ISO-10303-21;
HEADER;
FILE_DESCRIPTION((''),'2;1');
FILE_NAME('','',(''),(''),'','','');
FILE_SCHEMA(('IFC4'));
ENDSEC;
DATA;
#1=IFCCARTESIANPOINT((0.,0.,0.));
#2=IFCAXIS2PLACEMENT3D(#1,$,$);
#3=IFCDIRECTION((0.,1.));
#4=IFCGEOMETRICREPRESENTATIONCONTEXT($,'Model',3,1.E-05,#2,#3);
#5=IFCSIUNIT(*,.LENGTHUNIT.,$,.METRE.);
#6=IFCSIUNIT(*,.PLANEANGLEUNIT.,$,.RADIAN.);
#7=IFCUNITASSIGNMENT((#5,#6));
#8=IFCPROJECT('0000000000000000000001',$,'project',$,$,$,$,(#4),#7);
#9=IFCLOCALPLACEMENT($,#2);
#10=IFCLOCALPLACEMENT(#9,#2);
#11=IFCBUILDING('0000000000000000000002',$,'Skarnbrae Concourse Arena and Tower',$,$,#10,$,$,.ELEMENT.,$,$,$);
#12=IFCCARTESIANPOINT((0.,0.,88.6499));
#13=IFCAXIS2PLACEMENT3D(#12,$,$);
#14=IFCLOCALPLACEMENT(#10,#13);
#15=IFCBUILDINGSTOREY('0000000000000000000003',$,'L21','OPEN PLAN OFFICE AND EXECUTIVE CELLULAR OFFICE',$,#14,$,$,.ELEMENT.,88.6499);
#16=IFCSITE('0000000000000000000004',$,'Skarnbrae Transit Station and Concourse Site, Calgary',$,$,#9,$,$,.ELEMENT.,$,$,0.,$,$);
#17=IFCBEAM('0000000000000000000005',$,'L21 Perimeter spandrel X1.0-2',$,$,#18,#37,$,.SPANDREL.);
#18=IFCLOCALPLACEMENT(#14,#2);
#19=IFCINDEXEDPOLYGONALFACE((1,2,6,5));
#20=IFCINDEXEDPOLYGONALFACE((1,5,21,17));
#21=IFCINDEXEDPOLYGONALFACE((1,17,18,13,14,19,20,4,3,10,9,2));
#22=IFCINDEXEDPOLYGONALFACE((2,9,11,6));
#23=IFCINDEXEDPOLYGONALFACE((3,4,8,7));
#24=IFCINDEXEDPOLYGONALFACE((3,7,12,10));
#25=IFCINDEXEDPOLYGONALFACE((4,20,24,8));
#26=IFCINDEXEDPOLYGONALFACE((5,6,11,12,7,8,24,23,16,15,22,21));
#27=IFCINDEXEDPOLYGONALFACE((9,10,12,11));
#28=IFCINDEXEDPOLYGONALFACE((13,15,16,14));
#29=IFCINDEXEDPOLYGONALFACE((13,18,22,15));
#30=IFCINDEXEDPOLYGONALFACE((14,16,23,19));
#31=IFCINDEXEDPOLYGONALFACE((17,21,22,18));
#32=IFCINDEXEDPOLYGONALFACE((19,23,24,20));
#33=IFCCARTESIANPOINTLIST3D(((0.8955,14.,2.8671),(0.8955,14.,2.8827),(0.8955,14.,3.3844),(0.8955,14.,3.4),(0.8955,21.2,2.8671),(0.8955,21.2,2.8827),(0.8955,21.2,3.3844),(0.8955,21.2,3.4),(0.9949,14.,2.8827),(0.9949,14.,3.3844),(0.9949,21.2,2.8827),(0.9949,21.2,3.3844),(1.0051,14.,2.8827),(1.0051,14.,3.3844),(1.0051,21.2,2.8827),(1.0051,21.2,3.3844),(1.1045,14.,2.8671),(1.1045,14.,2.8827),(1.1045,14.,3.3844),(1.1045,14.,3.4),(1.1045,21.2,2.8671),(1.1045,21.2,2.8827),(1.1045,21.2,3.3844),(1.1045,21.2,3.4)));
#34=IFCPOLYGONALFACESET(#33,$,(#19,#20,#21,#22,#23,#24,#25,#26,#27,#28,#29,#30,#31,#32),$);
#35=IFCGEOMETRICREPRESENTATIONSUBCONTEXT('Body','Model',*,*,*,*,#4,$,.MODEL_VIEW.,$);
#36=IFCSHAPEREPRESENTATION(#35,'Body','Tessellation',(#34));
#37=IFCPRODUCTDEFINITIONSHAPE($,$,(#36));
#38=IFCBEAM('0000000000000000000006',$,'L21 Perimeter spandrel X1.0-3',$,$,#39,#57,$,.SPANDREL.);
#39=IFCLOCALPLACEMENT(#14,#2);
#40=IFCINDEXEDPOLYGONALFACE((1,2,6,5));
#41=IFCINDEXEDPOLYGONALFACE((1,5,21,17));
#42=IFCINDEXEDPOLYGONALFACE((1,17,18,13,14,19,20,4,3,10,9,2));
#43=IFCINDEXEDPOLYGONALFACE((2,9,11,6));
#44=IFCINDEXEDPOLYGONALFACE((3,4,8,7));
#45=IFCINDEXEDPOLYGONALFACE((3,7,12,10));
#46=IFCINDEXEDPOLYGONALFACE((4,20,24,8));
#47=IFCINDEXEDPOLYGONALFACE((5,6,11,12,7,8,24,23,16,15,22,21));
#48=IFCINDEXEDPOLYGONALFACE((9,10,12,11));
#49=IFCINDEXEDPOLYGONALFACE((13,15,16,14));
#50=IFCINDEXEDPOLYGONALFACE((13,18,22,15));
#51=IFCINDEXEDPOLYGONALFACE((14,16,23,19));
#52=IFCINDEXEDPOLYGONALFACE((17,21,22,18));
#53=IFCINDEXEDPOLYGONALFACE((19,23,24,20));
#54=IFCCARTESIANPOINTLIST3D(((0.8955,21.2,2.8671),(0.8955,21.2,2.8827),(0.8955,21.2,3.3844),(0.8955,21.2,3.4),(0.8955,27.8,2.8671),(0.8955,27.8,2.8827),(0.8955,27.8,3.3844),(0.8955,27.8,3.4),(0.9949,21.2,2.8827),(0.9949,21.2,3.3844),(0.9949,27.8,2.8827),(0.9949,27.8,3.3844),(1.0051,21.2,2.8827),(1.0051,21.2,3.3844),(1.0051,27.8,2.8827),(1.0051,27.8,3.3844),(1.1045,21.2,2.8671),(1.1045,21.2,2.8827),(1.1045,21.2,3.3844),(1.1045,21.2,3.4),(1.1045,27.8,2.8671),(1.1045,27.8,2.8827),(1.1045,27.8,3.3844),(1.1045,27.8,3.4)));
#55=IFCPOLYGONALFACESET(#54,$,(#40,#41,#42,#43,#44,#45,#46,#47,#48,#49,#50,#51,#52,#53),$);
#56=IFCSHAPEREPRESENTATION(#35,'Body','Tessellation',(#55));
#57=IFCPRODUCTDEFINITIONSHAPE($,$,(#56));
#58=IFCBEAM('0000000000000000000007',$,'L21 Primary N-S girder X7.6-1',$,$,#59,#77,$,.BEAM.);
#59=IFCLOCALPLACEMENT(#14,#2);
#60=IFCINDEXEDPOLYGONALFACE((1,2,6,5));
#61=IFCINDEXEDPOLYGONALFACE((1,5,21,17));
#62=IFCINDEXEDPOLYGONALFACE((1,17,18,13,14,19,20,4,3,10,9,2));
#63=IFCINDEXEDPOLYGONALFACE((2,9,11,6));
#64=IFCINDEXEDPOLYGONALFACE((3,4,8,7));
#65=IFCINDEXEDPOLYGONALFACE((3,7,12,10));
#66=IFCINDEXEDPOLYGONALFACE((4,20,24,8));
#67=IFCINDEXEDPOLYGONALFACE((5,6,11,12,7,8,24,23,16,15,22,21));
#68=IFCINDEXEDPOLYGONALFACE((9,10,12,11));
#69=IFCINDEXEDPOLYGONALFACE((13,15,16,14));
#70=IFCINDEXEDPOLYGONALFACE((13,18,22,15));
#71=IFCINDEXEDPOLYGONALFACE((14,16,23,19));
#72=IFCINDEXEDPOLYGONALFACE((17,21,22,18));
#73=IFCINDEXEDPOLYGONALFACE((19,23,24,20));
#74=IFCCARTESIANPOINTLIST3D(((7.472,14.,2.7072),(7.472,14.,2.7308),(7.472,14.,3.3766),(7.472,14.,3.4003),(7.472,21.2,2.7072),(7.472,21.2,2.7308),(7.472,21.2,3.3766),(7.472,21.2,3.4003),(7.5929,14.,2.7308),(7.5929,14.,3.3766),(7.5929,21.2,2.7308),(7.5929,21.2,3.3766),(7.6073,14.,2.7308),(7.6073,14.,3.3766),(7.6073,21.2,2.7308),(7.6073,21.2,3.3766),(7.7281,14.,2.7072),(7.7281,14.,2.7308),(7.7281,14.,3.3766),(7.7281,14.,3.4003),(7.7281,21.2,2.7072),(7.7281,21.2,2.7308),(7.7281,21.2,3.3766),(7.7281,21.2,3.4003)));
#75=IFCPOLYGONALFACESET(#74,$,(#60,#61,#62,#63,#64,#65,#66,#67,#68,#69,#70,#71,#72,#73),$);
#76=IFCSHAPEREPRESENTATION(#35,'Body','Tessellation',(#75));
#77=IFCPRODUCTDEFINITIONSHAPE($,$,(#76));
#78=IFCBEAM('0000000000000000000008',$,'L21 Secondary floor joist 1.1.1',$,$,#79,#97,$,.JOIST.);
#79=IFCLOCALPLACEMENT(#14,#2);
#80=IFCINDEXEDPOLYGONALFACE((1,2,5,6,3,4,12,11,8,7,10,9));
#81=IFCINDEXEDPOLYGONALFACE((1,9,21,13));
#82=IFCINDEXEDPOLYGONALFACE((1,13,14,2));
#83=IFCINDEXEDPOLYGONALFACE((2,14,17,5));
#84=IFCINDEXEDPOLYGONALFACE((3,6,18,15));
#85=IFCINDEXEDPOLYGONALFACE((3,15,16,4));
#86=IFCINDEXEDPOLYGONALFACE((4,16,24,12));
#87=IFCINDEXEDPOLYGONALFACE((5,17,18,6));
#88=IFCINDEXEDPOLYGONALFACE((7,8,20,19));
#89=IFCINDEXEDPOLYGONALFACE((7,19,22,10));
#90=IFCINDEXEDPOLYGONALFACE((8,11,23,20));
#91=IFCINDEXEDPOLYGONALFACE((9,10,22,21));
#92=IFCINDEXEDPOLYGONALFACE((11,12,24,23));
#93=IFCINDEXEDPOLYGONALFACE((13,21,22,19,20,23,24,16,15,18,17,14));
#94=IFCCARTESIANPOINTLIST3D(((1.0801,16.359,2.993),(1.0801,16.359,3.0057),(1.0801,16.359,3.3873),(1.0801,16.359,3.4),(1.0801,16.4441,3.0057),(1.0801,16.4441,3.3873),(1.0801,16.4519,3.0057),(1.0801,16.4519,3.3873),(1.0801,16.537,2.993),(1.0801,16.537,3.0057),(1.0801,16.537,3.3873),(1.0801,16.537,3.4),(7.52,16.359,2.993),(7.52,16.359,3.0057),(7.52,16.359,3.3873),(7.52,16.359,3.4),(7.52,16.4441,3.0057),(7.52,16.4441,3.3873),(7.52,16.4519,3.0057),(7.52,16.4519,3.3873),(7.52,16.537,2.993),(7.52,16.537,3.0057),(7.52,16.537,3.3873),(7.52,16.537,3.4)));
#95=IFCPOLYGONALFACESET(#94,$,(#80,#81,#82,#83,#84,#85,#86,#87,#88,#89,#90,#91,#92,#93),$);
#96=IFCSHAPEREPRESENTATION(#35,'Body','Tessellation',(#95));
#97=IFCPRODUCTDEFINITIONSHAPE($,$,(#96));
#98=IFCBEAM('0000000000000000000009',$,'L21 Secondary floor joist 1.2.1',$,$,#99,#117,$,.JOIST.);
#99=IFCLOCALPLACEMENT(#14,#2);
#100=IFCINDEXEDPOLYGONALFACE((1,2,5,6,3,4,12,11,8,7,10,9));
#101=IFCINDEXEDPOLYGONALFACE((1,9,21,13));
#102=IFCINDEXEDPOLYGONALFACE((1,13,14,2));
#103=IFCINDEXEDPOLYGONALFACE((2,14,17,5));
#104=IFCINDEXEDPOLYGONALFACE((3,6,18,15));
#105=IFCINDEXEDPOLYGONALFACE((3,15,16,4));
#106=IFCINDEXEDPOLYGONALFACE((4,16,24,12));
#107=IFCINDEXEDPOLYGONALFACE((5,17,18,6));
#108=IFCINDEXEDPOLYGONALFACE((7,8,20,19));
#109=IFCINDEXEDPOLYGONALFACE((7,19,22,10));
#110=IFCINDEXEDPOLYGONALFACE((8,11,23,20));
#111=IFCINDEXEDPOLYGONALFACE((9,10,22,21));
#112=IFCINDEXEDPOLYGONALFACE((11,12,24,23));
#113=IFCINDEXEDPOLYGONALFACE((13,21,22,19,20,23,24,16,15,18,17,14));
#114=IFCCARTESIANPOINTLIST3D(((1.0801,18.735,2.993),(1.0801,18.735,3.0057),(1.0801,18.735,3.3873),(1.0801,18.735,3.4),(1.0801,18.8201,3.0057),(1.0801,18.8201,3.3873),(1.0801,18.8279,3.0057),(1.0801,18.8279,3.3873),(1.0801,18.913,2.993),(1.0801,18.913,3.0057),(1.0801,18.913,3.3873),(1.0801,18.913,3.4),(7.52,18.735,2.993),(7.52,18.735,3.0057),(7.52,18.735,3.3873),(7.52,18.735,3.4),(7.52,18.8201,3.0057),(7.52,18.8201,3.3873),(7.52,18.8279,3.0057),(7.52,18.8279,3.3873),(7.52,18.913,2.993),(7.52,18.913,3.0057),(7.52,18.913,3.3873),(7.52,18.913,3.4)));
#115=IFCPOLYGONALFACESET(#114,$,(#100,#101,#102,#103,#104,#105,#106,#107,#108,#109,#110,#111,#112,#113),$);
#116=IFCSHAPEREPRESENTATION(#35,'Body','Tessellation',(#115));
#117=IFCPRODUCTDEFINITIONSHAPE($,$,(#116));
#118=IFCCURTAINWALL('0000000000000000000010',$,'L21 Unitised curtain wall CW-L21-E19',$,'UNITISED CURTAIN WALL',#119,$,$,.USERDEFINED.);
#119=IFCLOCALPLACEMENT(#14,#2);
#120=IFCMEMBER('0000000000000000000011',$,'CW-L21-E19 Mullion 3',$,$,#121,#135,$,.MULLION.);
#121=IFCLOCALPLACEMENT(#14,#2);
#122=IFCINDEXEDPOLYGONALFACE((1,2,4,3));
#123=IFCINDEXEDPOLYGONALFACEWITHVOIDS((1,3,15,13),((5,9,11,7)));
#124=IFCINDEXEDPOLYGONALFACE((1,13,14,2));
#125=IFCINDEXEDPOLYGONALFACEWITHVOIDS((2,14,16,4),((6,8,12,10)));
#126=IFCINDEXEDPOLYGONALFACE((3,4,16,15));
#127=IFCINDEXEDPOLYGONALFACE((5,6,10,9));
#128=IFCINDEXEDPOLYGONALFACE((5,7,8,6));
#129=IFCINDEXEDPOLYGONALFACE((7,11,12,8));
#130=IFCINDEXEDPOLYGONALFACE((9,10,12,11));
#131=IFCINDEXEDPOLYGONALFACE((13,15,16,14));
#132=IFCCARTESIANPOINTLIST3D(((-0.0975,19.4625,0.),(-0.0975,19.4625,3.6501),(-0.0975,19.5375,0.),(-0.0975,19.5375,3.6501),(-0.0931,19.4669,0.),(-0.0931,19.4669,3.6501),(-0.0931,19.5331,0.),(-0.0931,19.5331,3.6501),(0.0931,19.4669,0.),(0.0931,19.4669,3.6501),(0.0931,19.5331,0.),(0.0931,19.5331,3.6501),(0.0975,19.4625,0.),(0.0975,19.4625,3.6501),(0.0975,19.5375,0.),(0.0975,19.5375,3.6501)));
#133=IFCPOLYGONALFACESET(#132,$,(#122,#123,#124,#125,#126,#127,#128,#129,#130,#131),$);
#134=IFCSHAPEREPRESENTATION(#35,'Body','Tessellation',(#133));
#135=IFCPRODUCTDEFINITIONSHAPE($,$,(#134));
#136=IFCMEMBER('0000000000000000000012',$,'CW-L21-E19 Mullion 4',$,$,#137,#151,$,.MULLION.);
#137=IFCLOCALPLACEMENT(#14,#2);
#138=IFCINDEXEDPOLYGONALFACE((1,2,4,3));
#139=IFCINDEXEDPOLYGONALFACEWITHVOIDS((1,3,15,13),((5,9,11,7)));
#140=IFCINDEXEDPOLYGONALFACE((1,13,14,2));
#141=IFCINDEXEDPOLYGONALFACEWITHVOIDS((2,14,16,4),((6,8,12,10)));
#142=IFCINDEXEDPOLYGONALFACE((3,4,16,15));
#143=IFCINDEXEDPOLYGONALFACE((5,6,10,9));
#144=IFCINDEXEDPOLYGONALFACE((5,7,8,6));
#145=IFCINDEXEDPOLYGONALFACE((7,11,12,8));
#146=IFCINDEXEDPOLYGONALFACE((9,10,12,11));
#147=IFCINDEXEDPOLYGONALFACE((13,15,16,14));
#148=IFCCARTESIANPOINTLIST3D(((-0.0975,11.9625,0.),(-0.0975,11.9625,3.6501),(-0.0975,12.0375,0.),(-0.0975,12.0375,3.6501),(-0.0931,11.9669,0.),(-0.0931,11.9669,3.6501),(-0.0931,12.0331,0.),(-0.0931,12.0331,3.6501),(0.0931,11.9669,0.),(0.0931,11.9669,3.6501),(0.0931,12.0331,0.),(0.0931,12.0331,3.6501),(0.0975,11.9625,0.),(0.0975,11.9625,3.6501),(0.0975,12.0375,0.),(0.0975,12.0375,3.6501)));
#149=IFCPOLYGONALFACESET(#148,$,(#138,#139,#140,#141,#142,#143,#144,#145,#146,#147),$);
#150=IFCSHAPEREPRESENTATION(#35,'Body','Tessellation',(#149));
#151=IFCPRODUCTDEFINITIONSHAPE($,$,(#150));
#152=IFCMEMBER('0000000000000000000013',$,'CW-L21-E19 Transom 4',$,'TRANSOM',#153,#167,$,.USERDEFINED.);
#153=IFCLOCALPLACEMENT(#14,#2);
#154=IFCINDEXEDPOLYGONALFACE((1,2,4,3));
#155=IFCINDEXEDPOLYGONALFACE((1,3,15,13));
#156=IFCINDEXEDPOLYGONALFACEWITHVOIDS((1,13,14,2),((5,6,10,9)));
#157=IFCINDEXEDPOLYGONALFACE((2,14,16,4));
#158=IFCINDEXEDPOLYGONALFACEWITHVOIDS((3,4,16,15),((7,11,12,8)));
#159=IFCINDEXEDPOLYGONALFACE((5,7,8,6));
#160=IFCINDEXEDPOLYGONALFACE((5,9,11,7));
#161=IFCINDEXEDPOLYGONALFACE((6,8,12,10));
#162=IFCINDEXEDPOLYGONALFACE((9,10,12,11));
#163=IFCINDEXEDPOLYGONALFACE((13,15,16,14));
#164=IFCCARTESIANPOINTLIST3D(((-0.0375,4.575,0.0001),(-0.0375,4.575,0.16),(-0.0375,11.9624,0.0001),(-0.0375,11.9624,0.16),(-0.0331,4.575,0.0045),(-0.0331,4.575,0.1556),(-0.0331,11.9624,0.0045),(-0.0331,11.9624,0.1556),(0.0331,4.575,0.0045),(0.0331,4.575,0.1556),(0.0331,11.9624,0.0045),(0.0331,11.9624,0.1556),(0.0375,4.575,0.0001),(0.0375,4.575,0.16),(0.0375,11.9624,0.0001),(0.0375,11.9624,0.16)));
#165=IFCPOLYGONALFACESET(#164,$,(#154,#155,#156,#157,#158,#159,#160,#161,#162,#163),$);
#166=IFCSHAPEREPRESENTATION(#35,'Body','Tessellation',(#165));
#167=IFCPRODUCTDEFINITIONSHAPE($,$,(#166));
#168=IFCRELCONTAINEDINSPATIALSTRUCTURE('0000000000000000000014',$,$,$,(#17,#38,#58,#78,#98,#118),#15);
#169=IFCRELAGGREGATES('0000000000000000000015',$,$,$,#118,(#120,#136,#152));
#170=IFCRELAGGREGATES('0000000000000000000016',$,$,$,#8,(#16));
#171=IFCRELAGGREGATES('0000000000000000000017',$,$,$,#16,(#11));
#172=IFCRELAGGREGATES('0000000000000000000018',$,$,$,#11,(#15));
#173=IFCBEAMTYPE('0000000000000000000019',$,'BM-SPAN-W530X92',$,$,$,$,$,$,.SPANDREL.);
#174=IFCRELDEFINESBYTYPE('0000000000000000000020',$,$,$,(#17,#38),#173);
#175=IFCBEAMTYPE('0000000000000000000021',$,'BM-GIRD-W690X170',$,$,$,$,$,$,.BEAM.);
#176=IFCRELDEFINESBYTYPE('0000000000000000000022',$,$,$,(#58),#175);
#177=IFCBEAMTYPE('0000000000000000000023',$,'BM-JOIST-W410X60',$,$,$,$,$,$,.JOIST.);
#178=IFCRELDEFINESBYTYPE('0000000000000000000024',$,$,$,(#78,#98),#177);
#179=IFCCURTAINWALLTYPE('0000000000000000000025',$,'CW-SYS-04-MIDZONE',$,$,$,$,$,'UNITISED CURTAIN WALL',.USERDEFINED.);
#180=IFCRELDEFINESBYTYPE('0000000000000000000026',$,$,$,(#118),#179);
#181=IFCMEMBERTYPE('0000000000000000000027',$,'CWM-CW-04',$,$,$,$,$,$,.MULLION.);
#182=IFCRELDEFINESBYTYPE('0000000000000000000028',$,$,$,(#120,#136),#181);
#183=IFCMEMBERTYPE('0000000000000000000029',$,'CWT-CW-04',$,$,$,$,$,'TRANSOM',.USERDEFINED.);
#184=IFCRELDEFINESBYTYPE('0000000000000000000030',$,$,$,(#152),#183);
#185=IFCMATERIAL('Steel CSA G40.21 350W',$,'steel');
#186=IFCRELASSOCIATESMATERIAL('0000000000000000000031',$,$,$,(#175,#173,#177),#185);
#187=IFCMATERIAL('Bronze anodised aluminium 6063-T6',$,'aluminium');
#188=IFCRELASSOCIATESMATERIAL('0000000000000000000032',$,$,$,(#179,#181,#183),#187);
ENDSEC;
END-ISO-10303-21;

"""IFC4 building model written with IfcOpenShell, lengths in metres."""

from ifc_helpers import new_model, si_unit, direction, frame, origin, origin_2d, place, context, subcontext, project, spatial, hollow_rectangle, i_section, extrude, source, transform, mapped, material, material_profile, profile_set, type_object, element, aggregate, save


model = new_model("IFC4")

# Units and contexts
model_context = context("Model", 3, precision=1e-05, world=origin(), true_north=direction((0.0, 1.0)))
body_context = subcontext(model_context, "Body", "Model", "MODEL_VIEW")
ifc_project = project(units=[si_unit("LENGTHUNIT", "METRE"), si_unit("PLANEANGLEUNIT", "RADIAN")], contexts=[model_context])

# Site, building, storey
site_placement = place(None, origin())
site = spatial("IfcSite", under=ifc_project, at=site_placement, Name="Skarnbrae Transit Station and Concourse Site, Calgary", CompositionType="ELEMENT", RefElevation=0.0)
building_placement = place(site_placement, origin())
building = spatial("IfcBuilding", under=site, at=building_placement, Name="Skarnbrae Concourse Arena and Tower", CompositionType="ELEMENT")
storey_placement = place(building_placement, frame((0.0, 0.0, 88.6499)))
storey = spatial("IfcBuildingStorey", under=building, at=storey_placement, Name="L21", Description="OPEN PLAN OFFICE AND EXECUTIVE CELLULAR OFFICE", CompositionType="ELEMENT", Elevation=88.6499)

# Shared definitions
ifc_material_1 = material(Name="Steel CSA G40.21 350W", Category="steel")

# Beams
ifc_material_profile_1 = material_profile(ifc_material_1, i_section(OverallWidth=0.2561, OverallDepth=0.6931, WebThickness=0.0144, FlangeThickness=0.0237, at=origin_2d()), Name="W690X170")
ifc_profile_set_1 = profile_set([ifc_material_profile_1], Name="Steel CSA G40.21 350W")
beam_type_1 = type_object("IfcBeamType", Name="BM-GIRD-W690X170", PredefinedType="BEAM", material=ifc_profile_set_1)
ifc_material_profile_2 = material_profile(ifc_material_1, i_section(OverallWidth=0.209, OverallDepth=0.533, WebThickness=0.0103, FlangeThickness=0.0156, at=origin_2d()), Name="W530X92")
ifc_profile_set_2 = profile_set([ifc_material_profile_2], Name="Steel CSA G40.21 350W")
beam_type_2 = type_object("IfcBeamType", Name="BM-SPAN-W530X92", PredefinedType="SPANDREL", material=ifc_profile_set_2)
shared_shape_1 = source(origin(), body_context, "Body", "SweptSolid", [
    extrude(i_section(OverallWidth=0.209, OverallDepth=0.533, WebThickness=0.0103, FlangeThickness=0.0156, at=origin_2d()), origin(), (0.0, 0.0, 1.0), 7.2),
])
beam_1_placement = place(storey_placement, frame((1.0, 14.0, 3.1335), z_axis=(0.0, 1.0, 0.0), x_axis=(-1.0, 0.0, 0.0)))
element("IfcBeam", 1, at=beam_1_placement, inside=storey, type_object=beam_type_2, Name="L21 Perimeter spandrel X1.0-2", PredefinedType="SPANDREL", context=body_context, shape_type="MappedRepresentation", body=[
    mapped(shared_shape_1, transform((0.0, 0.0, 0.0))),
])
shared_shape_2 = source(origin(), body_context, "Body", "SweptSolid", [
    extrude(i_section(OverallWidth=0.209, OverallDepth=0.533, WebThickness=0.0103, FlangeThickness=0.0156, at=origin_2d()), origin(), (0.0, 0.0, 1.0), 6.6001),
])
beam_2_placement = place(storey_placement, frame((1.0, 21.2, 3.1335), z_axis=(0.0, 1.0, 0.0), x_axis=(-1.0, 0.0, 0.0)))
element("IfcBeam", 2, at=beam_2_placement, inside=storey, type_object=beam_type_2, Name="L21 Perimeter spandrel X1.0-3", PredefinedType="SPANDREL", context=body_context, shape_type="MappedRepresentation", body=[
    mapped(shared_shape_2, transform((0.0, 0.0, 0.0))),
])
shared_shape_3 = source(origin(), body_context, "Body", "SweptSolid", [
    extrude(i_section(OverallWidth=0.2561, OverallDepth=0.6931, WebThickness=0.0144, FlangeThickness=0.0237, at=origin_2d()), origin(), (0.0, 0.0, 1.0), 7.2),
])
beam_3_placement = place(storey_placement, frame((7.6001, 14.0, 3.0537), z_axis=(0.0, 1.0, 0.0), x_axis=(-1.0, 0.0, 0.0)))
element("IfcBeam", 3, at=beam_3_placement, inside=storey, type_object=beam_type_1, Name="L21 Primary N-S girder X7.6-1", PredefinedType="BEAM", context=body_context, shape_type="MappedRepresentation", body=[
    mapped(shared_shape_3, transform((0.0, 0.0, 0.0))),
])
ifc_material_profile_3 = material_profile(ifc_material_1, i_section(OverallWidth=0.178, OverallDepth=0.407, WebThickness=0.0078, FlangeThickness=0.0127, at=origin_2d()), Name="W410X60")
ifc_profile_set_3 = profile_set([ifc_material_profile_3], Name="Steel CSA G40.21 350W")
beam_type_3 = type_object("IfcBeamType", Name="BM-JOIST-W410X60", PredefinedType="JOIST", material=ifc_profile_set_3)
shared_shape_4 = source(origin(), body_context, "Body", "SweptSolid", [
    extrude(i_section(OverallWidth=0.178, OverallDepth=0.407, WebThickness=0.0078, FlangeThickness=0.0127, at=origin_2d()), origin(), (0.0, 0.0, 1.0), 6.4399),
])
for number, where, z_axis, x_axis, name in (
    (4, (1.0801, 16.448, 3.1965), (1.0, 0.0, 0.0), (0.0, 1.0, 0.0), "L21 Secondary floor joist 1.1.1"),
    (5, (1.0801, 18.824, 3.1965), (1.0, 0.0, 0.0), (0.0, 1.0, 0.0), "L21 Secondary floor joist 1.2.1"),
):
    element("IfcBeam", number, at=place(storey_placement, frame(where, z_axis=z_axis, x_axis=x_axis)), inside=storey, type_object=beam_type_3, Name=name, PredefinedType="JOIST", context=body_context, shape_type="MappedRepresentation", body=[
        mapped(shared_shape_4, transform((0.0, 0.0, 0.0))),
    ])

# Curtain wall, members
ifc_material_2 = material(Name="Bronze anodised aluminium 6063-T6", Category="aluminium")
curtain_wall_type = type_object("IfcCurtainWallType", Name="CW-SYS-04-MIDZONE", ElementType="UNITISED CURTAIN WALL", PredefinedType="USERDEFINED", material=ifc_material_2)
curtain_wall_placement = place(storey_placement, origin())
curtain_wall = element("IfcCurtainWall", 6, at=curtain_wall_placement, inside=storey, type_object=curtain_wall_type, Name="L21 Unitised curtain wall CW-L21-E19", ObjectType="UNITISED CURTAIN WALL", PredefinedType="USERDEFINED")
ifc_material_profile_4 = material_profile(ifc_material_2, hollow_rectangle(XDim=0.075, YDim=0.1951, WallThickness=0.0044, at=origin_2d()), Name="ALU-MULL-75X195")
ifc_profile_set_4 = profile_set([ifc_material_profile_4], Name="Bronze anodised aluminium 6063-T6")
member_type_1 = type_object("IfcMemberType", Name="CWM-CW-04", PredefinedType="MULLION", material=ifc_profile_set_4)
shared_shape_5 = source(origin(), body_context, "Body", "SweptSolid", [
    extrude(hollow_rectangle(XDim=0.075, YDim=0.1951, WallThickness=0.0044, at=origin_2d()), origin(), (0.0, 0.0, 1.0), 3.6501),
])
member_1_placement = place(storey_placement, frame((0.0, 19.5, 0.0), z_axis=(0.0, 0.0, 1.0), x_axis=(0.0, -1.0, 0.0)))
member_1 = element("IfcMember", 7, at=member_1_placement, type_object=member_type_1, Name="CW-L21-E19 Mullion 3", PredefinedType="MULLION", context=body_context, shape_type="MappedRepresentation", body=[
    mapped(shared_shape_5, transform((0.0, 0.0, 0.0))),
])
member_2_placement = place(storey_placement, frame((0.0, 12.0, 0.0), z_axis=(0.0, 0.0, 1.0), x_axis=(0.0, -1.0, 0.0)))
member_2 = element("IfcMember", 8, at=member_2_placement, type_object=member_type_1, Name="CW-L21-E19 Mullion 4", PredefinedType="MULLION", context=body_context, shape_type="MappedRepresentation", body=[
    mapped(shared_shape_5, transform((0.0, 0.0, 0.0))),
])
ifc_material_profile_5 = material_profile(ifc_material_2, hollow_rectangle(XDim=0.075, YDim=0.1599, WallThickness=0.0044, at=origin_2d()), Name="ALU-TRAN-75X160")
ifc_profile_set_5 = profile_set([ifc_material_profile_5], Name="Bronze anodised aluminium 6063-T6")
member_type_2 = type_object("IfcMemberType", Name="CWT-CW-04", ElementType="TRANSOM", PredefinedType="USERDEFINED", material=ifc_profile_set_5)
shared_shape_6 = source(origin(), body_context, "Body", "SweptSolid", [
    extrude(hollow_rectangle(XDim=0.075, YDim=0.1599, WallThickness=0.0044, at=origin_2d()), origin(), (0.0, 0.0, 1.0), 7.3875),
])
member_3_placement = place(storey_placement, frame((0.0, 11.9624, 0.0801), z_axis=(0.0, -1.0, 0.0), x_axis=(1.0, 0.0, 0.0)))
member_3 = element("IfcMember", 9, at=member_3_placement, type_object=member_type_2, Name="CW-L21-E19 Transom 4", ObjectType="TRANSOM", PredefinedType="USERDEFINED", context=body_context, shape_type="MappedRepresentation", body=[
    mapped(shared_shape_6, transform((0.0, 0.0, 0.0))),
])
aggregate(curtain_wall, [member_1, member_2, member_3])

save(model, "model.ifc")
